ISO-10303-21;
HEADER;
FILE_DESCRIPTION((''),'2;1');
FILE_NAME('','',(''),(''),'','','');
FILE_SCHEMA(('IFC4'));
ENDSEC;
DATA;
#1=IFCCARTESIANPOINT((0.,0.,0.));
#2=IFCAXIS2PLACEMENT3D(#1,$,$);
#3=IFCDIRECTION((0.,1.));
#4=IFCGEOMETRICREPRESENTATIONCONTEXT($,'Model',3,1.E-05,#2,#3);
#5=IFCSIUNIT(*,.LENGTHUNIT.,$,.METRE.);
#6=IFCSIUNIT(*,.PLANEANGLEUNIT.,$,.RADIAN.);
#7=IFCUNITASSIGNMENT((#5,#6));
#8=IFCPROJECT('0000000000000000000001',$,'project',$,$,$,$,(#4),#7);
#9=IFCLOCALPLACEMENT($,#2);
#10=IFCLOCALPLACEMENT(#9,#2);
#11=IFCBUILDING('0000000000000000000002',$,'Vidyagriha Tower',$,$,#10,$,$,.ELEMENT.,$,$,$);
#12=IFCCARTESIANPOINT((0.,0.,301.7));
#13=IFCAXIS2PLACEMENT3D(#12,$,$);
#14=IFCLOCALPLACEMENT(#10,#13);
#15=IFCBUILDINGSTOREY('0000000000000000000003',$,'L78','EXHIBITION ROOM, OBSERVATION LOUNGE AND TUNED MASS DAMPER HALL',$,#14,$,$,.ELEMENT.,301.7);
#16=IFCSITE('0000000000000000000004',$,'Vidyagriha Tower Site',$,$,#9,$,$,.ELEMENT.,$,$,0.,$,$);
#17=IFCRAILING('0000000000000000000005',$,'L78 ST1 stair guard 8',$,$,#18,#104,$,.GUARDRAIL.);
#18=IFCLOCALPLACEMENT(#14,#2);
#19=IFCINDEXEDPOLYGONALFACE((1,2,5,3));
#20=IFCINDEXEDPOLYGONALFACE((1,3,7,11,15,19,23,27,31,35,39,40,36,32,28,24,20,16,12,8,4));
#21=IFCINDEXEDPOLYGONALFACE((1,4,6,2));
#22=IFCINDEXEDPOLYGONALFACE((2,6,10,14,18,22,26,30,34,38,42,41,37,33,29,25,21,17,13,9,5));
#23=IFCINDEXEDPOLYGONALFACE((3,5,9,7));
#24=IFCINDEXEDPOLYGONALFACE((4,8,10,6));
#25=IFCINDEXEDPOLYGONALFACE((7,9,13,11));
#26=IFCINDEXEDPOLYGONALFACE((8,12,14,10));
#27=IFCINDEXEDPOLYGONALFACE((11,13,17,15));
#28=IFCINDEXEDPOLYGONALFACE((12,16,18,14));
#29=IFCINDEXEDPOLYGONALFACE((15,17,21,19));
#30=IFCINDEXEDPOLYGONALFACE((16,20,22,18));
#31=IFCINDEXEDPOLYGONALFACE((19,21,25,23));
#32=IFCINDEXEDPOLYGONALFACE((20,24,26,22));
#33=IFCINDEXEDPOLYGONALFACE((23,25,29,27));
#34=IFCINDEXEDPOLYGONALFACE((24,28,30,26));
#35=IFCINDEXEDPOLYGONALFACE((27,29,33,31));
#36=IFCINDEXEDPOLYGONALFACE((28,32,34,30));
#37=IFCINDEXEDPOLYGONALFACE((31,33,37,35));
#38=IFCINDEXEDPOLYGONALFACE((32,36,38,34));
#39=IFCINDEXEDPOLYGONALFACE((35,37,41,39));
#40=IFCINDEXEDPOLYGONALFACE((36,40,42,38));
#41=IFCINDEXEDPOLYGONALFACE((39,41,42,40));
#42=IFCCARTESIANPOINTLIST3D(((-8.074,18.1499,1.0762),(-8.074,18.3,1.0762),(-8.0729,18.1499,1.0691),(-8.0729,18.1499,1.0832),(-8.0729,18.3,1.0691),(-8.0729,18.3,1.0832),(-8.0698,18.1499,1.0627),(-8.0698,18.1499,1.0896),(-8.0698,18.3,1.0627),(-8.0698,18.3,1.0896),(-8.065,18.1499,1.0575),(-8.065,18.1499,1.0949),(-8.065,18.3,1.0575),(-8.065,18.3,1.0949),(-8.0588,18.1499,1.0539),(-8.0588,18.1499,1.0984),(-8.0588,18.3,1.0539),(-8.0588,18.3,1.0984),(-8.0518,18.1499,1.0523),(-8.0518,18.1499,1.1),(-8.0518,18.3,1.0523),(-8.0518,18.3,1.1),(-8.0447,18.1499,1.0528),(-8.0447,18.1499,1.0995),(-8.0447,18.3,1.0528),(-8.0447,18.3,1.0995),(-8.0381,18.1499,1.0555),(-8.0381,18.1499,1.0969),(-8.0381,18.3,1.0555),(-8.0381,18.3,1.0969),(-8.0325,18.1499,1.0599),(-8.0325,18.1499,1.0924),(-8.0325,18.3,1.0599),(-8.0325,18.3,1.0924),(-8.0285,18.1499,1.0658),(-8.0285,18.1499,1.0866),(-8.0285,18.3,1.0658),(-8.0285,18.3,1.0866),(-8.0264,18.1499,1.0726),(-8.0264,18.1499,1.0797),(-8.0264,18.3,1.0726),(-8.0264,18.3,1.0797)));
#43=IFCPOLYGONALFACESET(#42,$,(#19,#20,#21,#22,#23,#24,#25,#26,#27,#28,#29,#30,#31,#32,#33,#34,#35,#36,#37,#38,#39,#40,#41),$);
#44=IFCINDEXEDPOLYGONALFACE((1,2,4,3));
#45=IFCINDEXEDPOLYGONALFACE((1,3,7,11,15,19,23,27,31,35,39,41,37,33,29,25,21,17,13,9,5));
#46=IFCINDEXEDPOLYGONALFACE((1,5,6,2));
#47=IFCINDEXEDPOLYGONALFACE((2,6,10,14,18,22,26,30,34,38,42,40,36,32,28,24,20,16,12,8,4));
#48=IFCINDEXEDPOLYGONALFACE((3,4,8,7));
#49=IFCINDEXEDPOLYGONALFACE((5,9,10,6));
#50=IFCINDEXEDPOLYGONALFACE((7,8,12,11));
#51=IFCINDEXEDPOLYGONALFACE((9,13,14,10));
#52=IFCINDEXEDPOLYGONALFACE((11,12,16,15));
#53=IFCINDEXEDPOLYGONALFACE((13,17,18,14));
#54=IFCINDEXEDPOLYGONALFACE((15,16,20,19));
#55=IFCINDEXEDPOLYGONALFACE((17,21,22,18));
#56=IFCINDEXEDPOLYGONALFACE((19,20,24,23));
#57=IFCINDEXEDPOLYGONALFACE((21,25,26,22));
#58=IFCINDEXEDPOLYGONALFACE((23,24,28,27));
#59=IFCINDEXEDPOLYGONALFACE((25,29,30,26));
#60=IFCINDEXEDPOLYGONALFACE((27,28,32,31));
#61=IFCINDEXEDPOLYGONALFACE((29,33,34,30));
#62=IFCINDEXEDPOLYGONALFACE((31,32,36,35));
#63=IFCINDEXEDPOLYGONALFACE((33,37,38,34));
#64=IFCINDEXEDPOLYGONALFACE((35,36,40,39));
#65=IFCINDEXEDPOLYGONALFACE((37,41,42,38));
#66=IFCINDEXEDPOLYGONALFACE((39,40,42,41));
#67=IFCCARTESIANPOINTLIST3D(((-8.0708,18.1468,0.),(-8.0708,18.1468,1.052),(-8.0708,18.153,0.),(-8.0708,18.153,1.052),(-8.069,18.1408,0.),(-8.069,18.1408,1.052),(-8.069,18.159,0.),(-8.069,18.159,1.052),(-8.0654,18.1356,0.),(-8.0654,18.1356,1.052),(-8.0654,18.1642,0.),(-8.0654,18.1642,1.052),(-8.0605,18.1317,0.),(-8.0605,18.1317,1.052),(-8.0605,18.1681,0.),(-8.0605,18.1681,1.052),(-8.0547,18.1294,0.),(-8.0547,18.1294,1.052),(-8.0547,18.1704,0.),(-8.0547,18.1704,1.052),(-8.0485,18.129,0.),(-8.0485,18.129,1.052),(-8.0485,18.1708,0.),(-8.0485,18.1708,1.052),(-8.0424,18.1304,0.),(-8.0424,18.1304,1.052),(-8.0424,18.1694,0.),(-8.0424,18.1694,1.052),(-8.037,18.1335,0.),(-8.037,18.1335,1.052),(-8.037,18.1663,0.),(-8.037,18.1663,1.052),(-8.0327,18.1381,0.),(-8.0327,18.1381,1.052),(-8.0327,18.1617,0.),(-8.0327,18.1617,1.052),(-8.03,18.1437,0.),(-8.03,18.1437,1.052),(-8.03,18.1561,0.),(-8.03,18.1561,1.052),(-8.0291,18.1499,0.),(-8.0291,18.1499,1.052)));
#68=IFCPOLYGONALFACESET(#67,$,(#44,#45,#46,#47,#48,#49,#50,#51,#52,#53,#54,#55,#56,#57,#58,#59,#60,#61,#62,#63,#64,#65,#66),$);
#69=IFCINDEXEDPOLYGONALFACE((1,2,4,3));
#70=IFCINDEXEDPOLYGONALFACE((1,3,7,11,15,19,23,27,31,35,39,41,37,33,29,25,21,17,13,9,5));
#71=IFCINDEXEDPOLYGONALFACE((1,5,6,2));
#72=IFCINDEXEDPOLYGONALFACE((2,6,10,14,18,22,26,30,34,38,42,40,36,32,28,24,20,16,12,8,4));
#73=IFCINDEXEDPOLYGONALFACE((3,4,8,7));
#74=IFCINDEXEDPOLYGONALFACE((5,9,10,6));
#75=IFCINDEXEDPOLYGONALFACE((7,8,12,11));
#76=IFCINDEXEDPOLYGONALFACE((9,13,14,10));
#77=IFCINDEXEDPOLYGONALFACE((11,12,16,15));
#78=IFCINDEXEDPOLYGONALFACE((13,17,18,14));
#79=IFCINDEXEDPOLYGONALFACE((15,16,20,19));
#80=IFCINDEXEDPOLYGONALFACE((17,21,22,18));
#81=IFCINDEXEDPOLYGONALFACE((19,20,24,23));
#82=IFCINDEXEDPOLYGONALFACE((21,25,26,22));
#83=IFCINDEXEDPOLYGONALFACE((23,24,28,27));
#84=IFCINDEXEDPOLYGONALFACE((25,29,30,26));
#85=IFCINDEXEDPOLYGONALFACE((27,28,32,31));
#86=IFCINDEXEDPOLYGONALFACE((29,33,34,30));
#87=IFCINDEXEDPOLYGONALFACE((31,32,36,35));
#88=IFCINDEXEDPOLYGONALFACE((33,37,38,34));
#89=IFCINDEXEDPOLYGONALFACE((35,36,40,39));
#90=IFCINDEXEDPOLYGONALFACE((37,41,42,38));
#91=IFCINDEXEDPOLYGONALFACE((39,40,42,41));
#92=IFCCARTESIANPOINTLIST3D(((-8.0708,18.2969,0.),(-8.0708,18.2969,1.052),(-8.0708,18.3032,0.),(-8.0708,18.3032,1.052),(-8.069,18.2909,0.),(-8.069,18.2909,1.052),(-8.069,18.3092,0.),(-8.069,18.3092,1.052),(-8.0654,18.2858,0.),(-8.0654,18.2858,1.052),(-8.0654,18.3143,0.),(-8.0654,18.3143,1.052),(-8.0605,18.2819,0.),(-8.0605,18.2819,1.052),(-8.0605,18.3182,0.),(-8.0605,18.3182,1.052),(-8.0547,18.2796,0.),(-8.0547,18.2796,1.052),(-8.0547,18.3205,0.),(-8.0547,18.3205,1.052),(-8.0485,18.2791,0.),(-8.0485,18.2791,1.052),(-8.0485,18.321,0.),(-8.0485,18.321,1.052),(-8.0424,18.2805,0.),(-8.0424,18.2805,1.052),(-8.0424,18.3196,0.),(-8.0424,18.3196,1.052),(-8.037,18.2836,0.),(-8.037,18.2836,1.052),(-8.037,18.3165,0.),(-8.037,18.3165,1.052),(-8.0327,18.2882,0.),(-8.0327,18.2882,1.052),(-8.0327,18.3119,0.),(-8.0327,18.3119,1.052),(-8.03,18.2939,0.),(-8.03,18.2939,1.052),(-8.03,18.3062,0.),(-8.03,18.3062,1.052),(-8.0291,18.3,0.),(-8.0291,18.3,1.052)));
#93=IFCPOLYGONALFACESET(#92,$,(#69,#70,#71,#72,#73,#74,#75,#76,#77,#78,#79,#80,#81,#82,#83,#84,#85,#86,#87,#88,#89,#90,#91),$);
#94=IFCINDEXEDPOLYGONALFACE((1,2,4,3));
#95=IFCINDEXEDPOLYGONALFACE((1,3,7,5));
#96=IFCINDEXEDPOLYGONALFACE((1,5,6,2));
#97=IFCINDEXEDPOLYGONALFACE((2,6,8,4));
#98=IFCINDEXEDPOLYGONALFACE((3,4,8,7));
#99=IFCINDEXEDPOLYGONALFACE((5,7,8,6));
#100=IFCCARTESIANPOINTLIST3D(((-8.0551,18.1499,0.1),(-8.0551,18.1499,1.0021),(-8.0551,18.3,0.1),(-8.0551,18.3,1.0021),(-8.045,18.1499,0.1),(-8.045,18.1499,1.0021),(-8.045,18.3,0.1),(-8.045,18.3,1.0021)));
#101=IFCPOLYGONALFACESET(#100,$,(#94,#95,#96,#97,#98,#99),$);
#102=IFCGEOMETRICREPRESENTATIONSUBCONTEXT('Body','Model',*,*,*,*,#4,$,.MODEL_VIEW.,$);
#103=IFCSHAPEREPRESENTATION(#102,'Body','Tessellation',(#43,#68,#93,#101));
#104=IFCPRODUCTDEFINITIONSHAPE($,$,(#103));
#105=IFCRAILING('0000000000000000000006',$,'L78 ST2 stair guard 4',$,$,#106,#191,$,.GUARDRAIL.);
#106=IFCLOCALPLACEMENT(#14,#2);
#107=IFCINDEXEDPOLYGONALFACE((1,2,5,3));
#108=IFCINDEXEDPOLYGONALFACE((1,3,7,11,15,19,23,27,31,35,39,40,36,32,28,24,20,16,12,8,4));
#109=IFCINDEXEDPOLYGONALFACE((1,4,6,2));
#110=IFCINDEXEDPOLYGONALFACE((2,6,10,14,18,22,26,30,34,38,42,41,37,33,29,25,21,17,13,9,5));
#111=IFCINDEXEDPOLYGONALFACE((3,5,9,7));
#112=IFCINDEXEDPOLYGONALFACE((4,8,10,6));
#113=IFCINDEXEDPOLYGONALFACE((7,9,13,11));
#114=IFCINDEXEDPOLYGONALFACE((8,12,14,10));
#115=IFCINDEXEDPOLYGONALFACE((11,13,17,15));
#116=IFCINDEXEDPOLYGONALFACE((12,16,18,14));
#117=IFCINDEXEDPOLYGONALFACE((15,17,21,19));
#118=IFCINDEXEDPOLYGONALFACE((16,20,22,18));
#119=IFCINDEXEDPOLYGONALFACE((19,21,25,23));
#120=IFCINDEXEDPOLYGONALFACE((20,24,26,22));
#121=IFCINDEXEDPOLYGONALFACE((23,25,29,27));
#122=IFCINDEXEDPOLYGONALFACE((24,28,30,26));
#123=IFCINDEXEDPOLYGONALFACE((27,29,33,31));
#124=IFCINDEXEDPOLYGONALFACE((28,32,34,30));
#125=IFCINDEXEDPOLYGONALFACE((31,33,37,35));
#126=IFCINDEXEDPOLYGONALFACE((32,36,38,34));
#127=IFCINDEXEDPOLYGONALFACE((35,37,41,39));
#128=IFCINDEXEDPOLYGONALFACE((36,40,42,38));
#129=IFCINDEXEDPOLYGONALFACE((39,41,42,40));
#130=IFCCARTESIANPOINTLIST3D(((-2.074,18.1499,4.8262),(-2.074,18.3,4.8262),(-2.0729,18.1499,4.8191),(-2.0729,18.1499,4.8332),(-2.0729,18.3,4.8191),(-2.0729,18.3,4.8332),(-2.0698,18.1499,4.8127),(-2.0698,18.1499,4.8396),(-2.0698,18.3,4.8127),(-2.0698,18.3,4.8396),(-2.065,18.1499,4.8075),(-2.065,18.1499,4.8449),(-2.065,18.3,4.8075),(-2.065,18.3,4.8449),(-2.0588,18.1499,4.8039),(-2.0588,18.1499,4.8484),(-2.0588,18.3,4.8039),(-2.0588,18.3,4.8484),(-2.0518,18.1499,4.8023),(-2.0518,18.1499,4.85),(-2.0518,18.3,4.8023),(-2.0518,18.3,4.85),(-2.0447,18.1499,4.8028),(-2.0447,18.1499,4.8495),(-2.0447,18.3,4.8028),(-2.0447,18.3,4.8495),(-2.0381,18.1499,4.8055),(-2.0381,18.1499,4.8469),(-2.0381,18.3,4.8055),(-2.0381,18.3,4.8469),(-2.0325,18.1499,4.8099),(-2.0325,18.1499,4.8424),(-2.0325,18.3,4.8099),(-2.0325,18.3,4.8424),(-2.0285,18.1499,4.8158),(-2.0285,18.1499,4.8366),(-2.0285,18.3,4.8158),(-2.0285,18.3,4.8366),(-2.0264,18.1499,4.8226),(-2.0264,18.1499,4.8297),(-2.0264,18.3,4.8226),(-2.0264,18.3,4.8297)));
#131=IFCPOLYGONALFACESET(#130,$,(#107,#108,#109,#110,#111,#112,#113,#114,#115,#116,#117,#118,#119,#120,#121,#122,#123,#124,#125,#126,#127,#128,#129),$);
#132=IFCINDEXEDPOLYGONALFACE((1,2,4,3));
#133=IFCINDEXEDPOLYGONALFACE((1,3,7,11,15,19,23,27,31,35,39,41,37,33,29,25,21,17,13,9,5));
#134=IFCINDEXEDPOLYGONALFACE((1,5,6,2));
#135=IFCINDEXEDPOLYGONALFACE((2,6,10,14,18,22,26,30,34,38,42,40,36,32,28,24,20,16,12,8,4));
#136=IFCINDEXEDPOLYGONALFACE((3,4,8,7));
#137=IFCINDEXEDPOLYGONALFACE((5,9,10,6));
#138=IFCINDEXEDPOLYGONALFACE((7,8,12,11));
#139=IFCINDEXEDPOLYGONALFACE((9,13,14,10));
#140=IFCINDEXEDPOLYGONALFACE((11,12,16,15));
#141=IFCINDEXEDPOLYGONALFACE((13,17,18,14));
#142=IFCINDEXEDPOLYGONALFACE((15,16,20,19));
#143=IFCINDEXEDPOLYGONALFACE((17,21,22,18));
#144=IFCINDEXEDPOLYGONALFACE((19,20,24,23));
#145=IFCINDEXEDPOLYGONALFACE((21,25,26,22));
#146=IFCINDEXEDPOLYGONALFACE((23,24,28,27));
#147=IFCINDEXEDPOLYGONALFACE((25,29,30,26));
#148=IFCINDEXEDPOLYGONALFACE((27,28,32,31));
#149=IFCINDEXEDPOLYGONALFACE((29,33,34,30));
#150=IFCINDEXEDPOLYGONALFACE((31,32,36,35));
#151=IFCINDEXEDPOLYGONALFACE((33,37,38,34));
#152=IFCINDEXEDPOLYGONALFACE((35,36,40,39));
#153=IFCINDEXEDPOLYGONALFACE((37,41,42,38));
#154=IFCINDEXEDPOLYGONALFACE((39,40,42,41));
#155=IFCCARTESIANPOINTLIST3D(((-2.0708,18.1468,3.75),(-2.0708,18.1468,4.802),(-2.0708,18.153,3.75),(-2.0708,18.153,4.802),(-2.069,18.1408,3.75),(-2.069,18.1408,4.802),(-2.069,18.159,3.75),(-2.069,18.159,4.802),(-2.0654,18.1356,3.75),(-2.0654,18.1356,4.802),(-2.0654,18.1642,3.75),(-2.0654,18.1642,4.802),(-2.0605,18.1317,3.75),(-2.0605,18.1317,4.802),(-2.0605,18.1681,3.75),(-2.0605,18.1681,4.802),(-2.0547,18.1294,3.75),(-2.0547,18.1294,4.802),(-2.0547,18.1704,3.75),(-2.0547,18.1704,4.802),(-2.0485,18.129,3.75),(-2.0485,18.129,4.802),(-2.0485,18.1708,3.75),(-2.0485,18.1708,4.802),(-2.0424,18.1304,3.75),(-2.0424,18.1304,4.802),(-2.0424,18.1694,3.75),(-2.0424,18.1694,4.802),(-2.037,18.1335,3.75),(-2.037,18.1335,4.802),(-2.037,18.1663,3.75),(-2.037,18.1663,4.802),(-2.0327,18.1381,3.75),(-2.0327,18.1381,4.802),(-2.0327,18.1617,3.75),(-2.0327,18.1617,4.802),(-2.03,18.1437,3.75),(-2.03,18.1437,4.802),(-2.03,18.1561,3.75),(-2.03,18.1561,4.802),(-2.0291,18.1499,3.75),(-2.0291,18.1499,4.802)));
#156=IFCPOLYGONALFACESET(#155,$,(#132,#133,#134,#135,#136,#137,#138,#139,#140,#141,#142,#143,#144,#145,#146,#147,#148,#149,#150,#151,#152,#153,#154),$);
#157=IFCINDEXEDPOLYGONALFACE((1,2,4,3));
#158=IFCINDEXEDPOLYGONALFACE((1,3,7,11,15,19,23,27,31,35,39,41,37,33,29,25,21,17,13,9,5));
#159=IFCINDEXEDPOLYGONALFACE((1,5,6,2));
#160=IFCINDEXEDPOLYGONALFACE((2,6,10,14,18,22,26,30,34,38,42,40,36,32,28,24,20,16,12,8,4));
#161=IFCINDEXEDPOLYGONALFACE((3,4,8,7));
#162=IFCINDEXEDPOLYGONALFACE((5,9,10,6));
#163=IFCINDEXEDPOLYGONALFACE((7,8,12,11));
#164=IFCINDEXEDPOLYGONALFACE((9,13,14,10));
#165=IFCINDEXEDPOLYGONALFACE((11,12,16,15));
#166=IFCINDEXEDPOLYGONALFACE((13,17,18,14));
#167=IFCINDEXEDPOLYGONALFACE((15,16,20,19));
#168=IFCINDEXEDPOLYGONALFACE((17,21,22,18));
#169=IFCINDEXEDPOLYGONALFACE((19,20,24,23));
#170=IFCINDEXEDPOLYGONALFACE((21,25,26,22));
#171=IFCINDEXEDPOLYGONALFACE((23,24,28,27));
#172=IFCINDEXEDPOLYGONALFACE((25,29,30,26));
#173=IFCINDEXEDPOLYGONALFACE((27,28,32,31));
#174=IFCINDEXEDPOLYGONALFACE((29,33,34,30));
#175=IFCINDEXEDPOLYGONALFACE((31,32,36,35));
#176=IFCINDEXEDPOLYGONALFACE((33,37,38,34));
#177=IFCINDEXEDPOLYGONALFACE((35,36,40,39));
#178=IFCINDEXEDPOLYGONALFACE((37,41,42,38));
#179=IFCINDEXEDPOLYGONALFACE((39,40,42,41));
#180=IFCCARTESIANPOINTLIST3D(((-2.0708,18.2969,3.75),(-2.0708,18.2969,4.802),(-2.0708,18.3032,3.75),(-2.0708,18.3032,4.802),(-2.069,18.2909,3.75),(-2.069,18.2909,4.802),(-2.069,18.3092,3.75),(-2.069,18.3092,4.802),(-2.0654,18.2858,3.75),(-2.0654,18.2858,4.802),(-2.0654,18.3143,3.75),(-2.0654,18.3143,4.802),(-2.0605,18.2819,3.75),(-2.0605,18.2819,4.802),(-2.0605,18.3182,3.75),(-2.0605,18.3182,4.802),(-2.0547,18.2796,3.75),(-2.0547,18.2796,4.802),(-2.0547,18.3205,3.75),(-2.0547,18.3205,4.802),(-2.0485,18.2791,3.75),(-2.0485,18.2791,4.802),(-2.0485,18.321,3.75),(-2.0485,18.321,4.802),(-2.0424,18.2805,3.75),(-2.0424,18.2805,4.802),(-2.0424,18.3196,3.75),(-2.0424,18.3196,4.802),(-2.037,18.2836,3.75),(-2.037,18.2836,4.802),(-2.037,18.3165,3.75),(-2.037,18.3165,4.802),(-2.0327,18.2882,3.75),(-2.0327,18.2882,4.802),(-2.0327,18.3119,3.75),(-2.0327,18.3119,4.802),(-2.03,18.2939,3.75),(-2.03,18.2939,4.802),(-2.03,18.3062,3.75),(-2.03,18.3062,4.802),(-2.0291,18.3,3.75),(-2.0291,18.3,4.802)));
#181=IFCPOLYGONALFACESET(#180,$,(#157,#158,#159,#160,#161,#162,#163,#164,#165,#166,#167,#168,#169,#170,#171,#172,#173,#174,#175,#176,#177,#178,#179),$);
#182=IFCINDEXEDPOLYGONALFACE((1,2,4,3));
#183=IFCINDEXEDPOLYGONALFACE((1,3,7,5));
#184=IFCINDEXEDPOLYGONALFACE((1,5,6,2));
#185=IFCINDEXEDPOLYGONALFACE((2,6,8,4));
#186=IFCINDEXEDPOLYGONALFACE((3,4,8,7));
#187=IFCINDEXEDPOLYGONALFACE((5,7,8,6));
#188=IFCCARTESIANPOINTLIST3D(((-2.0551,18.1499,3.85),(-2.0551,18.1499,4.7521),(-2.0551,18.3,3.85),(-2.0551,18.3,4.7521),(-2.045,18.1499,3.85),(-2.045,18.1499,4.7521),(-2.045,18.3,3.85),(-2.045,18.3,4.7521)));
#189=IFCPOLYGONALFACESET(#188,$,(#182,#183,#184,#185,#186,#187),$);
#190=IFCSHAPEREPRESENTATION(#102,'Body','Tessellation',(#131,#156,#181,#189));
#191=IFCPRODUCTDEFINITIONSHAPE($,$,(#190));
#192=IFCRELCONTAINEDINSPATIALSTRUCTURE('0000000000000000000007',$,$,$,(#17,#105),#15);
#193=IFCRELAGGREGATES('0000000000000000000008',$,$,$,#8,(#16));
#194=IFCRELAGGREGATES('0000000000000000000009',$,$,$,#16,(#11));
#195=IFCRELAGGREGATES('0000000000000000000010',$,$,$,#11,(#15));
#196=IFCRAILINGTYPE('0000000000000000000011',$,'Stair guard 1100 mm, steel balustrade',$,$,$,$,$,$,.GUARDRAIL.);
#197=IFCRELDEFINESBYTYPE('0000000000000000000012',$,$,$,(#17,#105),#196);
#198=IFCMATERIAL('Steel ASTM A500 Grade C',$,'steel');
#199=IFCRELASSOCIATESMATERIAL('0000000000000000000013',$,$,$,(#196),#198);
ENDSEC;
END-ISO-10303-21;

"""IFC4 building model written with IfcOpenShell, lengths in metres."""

from ifc_helpers import new_model, si_unit, direction, frame, origin, origin_2d, place, context, subcontext, project, spatial, rectangle, circle, extrude, material, type_object, element, save


model = new_model("IFC4")

# Units and contexts
model_context = context("Model", 3, precision=1e-05, world=origin(), true_north=direction((0.0, 1.0)))
body_context = subcontext(model_context, "Body", "Model", "MODEL_VIEW")
ifc_project = project(units=[si_unit("LENGTHUNIT", "METRE"), si_unit("PLANEANGLEUNIT", "RADIAN")], contexts=[model_context])

# Site, building, storey
site_placement = place(None, origin())
site = spatial("IfcSite", under=ifc_project, at=site_placement, Name="Vidyagriha Tower Site", CompositionType="ELEMENT", RefElevation=0.0)
building_placement = place(site_placement, origin())
building = spatial("IfcBuilding", under=site, at=building_placement, Name="Vidyagriha Tower", CompositionType="ELEMENT")
storey_placement = place(building_placement, frame((0.0, 0.0, 301.7)))
storey = spatial("IfcBuildingStorey", under=building, at=storey_placement, Name="L78", Description="EXHIBITION ROOM, OBSERVATION LOUNGE AND TUNED MASS DAMPER HALL", CompositionType="ELEMENT", Elevation=301.7)

# Railings
ifc_material_1 = material(Name="Steel ASTM A500 Grade C", Category="steel")
railing_type_1 = type_object("IfcRailingType", Name="Stair guard 1100 mm, steel balustrade", PredefinedType="GUARDRAIL", material=ifc_material_1)
for number, where, name in (
    (1, (-8.05, 18.1499, 0.0), "L78 ST1 stair guard 8"),
    (2, (-2.05, 18.1499, 3.75), "L78 ST2 stair guard 4"),
):
    element("IfcRailing", number, at=place(storey_placement, frame(where)), inside=storey, type_object=railing_type_1, Name=name, PredefinedType="GUARDRAIL", context=body_context, shape_type="SweptSolid", body=[
        extrude(circle(Radius=0.0239, at=origin_2d()), frame((0.0, 0.0, 1.0762), z_axis=(0.0, 1.0, 0.0), x_axis=(-1.0, 0.0, 0.0)), (0.0, 0.0, 1.0), 0.1501),
        extrude(circle(Radius=0.021, at=origin_2d()), origin(), (0.0, 0.0, 1.0), 1.052),
        extrude(circle(Radius=0.021, at=origin_2d()), frame((0.0, 0.1501, 0.0)), (0.0, 0.0, 1.0), 1.052),
        extrude(rectangle(XDim=0.01, YDim=0.9021, at=origin_2d()), frame((0.0, 0.0, 0.551), z_axis=(0.0, 1.0, 0.0), x_axis=(-1.0, 0.0, 0.0)), (0.0, 0.0, 1.0), 0.1501),
    ])

save(model, "model.ifc")
